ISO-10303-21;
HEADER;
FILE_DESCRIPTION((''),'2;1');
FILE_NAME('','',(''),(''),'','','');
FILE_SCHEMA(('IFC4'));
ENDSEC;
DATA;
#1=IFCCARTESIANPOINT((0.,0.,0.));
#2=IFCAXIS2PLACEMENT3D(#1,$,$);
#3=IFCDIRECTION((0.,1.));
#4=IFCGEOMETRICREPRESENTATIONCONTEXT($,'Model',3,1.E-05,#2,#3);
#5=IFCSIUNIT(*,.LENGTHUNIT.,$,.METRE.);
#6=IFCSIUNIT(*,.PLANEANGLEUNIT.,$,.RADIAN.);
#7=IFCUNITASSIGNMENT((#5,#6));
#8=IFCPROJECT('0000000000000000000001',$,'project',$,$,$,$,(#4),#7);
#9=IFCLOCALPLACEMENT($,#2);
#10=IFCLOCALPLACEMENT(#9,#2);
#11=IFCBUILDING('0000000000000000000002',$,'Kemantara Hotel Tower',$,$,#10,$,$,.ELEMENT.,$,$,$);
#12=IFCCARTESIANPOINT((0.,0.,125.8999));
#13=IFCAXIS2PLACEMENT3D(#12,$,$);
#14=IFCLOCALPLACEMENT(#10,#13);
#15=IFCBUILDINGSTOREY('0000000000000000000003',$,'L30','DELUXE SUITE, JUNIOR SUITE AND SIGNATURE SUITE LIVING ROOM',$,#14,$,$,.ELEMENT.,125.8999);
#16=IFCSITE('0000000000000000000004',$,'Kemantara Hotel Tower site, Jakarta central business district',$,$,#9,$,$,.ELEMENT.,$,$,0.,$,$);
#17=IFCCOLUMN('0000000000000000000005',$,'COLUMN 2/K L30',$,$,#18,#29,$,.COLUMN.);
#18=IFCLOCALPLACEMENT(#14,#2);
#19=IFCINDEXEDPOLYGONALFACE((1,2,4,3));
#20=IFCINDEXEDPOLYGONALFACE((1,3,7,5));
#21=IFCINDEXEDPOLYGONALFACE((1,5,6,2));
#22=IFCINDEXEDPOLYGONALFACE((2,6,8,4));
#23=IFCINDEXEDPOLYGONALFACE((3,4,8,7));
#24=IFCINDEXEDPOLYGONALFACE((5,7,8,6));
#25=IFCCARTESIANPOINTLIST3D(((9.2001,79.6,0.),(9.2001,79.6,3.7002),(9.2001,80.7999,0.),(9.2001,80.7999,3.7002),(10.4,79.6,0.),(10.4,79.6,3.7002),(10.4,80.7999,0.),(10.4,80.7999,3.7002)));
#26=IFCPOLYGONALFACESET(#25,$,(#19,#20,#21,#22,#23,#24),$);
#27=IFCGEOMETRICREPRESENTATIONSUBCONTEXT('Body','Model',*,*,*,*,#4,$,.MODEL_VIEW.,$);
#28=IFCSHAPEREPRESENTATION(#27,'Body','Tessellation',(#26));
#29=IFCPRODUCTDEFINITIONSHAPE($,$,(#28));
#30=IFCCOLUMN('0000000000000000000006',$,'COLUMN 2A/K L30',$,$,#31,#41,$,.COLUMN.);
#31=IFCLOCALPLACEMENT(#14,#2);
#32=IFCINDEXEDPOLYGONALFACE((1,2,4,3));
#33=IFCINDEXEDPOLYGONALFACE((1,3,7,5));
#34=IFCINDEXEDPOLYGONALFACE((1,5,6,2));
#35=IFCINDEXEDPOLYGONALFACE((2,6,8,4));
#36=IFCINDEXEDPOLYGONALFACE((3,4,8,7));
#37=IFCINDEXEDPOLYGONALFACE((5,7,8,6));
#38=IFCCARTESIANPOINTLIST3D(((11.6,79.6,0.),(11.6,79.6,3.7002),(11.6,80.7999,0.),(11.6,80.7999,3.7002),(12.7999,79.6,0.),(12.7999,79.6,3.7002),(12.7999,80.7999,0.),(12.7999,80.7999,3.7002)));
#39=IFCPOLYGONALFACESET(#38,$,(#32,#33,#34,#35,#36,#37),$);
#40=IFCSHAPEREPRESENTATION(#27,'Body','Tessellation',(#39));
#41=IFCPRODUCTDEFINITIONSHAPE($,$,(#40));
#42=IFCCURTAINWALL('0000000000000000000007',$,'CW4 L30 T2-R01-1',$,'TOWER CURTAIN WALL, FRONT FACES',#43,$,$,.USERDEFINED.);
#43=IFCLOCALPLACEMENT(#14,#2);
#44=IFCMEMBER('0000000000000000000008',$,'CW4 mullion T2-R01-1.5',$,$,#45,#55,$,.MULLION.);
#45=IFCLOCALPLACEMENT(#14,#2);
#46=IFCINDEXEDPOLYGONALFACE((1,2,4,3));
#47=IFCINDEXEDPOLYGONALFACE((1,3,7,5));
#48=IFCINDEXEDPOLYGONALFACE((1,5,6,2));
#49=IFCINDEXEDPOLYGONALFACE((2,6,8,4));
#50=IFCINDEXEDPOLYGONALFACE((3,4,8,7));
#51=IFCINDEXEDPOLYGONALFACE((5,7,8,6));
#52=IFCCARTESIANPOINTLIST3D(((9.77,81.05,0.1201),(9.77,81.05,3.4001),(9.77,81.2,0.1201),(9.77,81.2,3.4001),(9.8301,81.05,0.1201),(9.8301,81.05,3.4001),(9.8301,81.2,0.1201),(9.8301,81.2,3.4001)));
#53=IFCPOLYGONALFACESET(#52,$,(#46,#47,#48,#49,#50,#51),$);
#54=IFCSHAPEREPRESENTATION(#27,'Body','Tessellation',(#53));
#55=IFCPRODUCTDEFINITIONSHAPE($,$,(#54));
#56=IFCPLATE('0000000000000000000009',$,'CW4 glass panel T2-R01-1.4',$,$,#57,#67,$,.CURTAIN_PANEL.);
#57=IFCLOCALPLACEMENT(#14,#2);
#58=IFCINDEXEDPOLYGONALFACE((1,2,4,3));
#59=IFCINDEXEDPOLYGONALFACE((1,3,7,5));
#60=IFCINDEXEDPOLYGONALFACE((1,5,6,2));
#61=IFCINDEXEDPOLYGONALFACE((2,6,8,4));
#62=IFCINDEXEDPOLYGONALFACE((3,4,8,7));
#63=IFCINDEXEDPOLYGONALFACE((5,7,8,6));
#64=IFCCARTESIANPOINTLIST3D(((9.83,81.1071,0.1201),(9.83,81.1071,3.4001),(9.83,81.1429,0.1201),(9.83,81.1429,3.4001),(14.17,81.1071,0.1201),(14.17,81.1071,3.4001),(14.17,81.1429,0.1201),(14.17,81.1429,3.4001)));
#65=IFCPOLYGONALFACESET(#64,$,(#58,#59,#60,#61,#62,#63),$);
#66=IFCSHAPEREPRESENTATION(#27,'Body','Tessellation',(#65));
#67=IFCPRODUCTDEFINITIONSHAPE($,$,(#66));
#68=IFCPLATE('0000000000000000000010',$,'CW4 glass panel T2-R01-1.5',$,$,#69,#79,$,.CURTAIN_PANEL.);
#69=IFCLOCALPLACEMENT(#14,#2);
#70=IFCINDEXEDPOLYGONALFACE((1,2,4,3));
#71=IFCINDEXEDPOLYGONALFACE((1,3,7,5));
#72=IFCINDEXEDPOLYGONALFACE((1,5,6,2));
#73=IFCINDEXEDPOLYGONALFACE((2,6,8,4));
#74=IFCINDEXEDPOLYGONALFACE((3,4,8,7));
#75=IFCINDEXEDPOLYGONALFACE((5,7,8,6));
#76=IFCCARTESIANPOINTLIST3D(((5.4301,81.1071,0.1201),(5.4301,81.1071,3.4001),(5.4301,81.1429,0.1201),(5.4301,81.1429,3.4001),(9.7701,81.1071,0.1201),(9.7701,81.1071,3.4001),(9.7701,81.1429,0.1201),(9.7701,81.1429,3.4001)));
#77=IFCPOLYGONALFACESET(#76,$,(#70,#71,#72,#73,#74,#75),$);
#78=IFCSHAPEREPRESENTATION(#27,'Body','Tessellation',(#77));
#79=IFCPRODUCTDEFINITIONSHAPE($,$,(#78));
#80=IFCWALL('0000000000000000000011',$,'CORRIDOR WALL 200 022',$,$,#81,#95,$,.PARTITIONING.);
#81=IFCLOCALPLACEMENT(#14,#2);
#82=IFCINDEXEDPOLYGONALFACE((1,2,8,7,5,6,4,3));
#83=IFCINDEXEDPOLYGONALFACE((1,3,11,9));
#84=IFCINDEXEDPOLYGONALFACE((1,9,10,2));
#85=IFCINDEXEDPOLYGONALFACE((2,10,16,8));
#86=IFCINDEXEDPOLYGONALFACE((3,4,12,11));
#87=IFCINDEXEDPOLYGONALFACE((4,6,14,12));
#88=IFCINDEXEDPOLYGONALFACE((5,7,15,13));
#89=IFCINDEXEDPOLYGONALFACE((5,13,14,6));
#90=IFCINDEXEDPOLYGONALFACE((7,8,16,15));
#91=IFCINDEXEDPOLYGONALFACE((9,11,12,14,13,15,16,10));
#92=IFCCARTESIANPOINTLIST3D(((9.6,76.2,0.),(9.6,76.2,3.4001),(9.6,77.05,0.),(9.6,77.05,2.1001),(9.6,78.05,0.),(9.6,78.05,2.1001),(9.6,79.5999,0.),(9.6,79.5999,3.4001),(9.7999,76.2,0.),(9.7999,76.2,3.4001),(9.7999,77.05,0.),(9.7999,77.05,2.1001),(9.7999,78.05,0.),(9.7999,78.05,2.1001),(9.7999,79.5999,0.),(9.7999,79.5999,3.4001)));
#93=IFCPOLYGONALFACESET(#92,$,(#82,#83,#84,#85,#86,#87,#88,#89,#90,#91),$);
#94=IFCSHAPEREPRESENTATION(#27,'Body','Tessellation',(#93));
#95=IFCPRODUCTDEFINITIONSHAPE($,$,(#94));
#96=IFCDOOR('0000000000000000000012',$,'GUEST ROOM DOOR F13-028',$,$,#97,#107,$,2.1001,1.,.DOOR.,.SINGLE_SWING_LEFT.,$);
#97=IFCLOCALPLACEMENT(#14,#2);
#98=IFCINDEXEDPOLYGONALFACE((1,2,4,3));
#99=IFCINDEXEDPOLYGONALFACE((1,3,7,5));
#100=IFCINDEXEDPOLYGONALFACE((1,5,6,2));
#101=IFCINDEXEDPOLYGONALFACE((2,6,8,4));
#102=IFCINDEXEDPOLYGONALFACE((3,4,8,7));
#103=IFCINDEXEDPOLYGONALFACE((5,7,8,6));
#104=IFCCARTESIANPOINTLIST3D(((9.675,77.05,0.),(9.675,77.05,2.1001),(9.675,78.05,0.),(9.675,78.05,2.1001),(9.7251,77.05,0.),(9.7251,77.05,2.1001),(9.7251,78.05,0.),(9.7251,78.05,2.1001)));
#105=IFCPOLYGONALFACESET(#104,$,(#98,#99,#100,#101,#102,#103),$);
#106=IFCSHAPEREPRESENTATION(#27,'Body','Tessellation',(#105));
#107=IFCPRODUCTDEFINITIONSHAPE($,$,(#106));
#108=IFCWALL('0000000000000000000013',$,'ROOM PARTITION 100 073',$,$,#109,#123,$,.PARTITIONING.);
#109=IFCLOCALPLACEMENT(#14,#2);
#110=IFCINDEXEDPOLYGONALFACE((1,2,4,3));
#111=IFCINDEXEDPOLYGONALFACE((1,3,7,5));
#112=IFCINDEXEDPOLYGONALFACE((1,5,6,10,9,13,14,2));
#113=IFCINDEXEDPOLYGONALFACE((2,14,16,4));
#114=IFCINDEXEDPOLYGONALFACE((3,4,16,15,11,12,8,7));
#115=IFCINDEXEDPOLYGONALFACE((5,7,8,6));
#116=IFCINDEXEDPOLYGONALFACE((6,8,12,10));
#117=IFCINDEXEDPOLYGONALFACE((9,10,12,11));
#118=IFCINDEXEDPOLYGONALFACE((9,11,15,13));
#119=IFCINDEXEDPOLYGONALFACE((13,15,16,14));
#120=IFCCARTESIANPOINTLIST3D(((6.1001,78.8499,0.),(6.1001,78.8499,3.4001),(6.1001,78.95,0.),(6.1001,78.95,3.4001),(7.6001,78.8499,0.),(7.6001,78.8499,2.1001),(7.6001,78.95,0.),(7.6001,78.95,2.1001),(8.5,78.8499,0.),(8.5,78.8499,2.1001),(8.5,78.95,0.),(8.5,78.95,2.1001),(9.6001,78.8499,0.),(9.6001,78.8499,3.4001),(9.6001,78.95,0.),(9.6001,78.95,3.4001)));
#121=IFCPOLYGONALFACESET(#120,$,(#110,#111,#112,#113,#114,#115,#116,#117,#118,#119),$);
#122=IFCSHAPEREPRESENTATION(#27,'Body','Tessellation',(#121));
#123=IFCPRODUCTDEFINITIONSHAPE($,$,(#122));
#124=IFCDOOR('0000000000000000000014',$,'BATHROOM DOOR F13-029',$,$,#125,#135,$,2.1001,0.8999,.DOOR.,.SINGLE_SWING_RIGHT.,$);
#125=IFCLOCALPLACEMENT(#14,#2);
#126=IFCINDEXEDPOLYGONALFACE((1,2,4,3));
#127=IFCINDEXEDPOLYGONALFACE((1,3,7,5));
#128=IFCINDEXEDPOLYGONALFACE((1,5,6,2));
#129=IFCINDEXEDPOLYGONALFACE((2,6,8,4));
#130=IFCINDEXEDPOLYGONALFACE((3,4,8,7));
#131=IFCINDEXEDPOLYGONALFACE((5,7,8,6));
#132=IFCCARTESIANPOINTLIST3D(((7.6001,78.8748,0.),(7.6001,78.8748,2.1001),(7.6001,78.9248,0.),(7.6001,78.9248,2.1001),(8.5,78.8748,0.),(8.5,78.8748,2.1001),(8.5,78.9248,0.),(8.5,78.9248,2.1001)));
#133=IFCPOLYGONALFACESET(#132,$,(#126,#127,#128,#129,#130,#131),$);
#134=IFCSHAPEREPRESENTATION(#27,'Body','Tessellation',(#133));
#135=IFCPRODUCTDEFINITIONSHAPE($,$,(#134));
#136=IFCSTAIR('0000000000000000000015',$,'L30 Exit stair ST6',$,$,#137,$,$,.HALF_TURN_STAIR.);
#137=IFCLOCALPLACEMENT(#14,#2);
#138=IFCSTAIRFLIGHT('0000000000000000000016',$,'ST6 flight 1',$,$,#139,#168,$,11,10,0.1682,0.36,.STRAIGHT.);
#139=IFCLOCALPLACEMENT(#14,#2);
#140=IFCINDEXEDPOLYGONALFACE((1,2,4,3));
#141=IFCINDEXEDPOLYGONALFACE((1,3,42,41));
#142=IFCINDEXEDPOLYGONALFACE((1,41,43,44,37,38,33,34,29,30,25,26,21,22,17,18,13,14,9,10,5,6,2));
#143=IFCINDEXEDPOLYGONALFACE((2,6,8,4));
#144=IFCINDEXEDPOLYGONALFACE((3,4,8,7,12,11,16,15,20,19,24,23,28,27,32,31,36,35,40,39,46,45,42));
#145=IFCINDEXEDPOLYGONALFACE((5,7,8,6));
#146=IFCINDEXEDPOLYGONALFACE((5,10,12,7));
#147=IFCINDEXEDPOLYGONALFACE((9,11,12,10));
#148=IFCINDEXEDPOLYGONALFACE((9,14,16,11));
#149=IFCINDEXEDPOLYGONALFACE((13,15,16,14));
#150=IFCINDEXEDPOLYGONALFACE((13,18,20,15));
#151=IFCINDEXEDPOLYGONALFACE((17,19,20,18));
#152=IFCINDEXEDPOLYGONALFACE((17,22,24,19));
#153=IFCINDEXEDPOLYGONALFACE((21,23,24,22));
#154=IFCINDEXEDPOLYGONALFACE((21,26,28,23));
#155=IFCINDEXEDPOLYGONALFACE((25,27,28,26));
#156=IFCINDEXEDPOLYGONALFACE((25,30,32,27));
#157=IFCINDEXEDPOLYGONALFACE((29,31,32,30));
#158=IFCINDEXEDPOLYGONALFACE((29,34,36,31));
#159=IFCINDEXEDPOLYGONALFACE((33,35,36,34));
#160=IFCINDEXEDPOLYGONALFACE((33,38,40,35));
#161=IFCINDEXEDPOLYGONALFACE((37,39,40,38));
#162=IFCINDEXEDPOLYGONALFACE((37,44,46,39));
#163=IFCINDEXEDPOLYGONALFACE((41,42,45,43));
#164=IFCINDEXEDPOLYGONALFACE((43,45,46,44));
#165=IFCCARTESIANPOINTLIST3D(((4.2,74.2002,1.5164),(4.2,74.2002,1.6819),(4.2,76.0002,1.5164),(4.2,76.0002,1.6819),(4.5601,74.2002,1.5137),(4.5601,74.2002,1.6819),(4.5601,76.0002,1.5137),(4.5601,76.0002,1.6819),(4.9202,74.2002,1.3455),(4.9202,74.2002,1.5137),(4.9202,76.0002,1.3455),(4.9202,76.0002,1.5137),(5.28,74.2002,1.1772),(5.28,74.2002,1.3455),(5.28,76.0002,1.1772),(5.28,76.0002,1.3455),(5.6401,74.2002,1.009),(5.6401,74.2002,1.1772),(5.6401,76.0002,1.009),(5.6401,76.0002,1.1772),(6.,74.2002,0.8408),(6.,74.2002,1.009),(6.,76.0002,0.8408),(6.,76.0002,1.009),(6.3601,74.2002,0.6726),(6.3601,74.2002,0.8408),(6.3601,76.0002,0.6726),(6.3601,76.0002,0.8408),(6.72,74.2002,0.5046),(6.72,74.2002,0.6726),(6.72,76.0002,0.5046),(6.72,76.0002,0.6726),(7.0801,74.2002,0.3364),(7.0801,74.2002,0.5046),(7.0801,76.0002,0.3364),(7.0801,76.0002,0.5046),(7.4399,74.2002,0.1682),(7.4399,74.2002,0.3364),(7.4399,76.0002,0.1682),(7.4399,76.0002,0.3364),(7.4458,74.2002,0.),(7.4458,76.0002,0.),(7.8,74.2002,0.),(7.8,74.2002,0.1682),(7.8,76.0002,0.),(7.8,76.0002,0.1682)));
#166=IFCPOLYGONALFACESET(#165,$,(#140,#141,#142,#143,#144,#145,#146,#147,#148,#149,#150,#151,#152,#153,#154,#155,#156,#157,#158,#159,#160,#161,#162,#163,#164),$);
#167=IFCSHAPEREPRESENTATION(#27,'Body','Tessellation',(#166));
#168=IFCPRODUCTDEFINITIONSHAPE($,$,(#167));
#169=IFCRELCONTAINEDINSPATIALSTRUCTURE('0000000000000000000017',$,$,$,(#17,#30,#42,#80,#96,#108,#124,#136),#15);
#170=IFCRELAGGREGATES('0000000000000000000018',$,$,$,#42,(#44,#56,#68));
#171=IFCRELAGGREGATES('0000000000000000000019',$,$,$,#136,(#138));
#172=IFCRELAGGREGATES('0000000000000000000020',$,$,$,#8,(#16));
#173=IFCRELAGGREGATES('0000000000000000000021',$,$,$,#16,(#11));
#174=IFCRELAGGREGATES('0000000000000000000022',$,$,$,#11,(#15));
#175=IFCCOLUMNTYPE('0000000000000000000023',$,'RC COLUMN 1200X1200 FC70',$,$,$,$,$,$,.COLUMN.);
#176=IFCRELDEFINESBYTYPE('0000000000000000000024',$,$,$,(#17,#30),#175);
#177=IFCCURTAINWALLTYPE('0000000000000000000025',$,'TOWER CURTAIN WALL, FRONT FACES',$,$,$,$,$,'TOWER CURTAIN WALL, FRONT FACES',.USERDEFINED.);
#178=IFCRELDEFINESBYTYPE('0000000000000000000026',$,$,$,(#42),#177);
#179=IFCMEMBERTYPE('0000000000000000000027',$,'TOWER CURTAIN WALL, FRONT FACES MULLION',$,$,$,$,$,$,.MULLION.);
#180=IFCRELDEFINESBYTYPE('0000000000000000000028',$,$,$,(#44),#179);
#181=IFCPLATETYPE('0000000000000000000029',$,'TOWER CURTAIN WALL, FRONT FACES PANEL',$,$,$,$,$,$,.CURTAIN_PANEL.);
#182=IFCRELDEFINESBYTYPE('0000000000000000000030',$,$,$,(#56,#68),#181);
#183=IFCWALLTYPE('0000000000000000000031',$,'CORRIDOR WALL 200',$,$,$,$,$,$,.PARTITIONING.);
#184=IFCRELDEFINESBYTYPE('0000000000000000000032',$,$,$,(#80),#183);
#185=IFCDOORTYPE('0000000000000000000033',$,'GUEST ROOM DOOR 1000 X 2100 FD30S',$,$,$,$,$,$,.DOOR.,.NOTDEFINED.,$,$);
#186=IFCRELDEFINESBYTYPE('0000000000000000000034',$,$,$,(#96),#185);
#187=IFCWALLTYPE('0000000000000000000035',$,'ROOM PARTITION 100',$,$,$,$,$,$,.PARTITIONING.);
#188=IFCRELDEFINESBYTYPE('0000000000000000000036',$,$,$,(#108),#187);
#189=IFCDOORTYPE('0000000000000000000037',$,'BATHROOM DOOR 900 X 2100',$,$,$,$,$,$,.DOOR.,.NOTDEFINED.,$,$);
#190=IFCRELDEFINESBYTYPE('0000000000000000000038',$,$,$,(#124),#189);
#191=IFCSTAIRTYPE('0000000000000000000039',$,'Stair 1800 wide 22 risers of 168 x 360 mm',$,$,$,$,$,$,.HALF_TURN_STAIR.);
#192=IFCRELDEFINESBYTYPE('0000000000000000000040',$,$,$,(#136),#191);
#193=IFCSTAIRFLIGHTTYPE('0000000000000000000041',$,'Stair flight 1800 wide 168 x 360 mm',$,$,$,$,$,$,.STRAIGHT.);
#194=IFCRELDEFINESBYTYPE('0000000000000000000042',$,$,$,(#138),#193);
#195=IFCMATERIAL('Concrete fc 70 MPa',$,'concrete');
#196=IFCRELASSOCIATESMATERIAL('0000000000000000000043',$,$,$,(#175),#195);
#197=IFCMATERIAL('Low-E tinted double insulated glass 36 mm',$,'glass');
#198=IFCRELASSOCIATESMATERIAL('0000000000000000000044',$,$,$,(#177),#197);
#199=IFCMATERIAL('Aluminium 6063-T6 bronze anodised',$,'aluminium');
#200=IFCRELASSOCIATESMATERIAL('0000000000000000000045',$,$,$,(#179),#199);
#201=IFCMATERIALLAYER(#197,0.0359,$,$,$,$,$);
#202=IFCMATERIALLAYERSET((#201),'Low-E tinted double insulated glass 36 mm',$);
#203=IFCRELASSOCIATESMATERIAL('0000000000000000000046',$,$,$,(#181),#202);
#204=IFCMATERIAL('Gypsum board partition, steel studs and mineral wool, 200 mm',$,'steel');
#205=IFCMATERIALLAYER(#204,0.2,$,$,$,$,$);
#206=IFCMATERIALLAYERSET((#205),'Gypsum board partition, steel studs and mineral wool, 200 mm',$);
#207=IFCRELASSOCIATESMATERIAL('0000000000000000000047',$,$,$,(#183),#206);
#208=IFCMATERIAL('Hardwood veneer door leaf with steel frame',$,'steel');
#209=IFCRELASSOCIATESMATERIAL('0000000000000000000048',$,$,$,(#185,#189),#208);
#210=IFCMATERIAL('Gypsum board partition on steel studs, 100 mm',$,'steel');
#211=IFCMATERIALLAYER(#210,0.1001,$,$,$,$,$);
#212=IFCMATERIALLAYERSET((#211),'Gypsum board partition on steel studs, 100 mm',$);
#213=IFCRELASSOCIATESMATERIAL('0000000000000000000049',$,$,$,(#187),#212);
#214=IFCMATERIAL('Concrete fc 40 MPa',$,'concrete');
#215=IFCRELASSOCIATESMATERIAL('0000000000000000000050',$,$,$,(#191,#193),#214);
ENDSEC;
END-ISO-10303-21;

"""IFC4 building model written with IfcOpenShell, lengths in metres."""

from ifc_helpers import new_model, si_unit, direction, frame, frame_2d, origin, origin_2d, place, context, subcontext, project, spatial, polyline, rectangle, outline, extrude, source, transform, mapped, material, layer, layer_set, material_profile, profile_set, type_object, element, fill, aggregate, save


model = new_model("IFC4")

# Units and contexts
model_context = context("Model", 3, precision=1e-05, world=origin(), true_north=direction((0.0, 1.0)))
body_context = subcontext(model_context, "Body", "Model", "MODEL_VIEW")
ifc_project = project(units=[si_unit("LENGTHUNIT", "METRE"), si_unit("PLANEANGLEUNIT", "RADIAN")], contexts=[model_context])

# Site, building, storey
site_placement = place(None, origin())
site = spatial("IfcSite", under=ifc_project, at=site_placement, Name="Kemantara Hotel Tower site, Jakarta central business district", CompositionType="ELEMENT", RefElevation=0.0)
building_placement = place(site_placement, origin())
building = spatial("IfcBuilding", under=site, at=building_placement, Name="Kemantara Hotel Tower", CompositionType="ELEMENT")
storey_placement = place(building_placement, frame((0.0, 0.0, 125.8999)))
storey = spatial("IfcBuildingStorey", under=building, at=storey_placement, Name="L30", Description="DELUXE SUITE, JUNIOR SUITE AND SIGNATURE SUITE LIVING ROOM", CompositionType="ELEMENT", Elevation=125.8999)

# Columns
ifc_material_1 = material(Name="Concrete fc 70 MPa", Category="concrete")
ifc_material_profile_1 = material_profile(ifc_material_1, rectangle(XDim=1.2, YDim=1.2, at=origin_2d()), Name="RC 1200X1200")
ifc_profile_set_1 = profile_set([ifc_material_profile_1], Name="Concrete fc 70 MPa")
column_type = type_object("IfcColumnType", Name="RC COLUMN 1200X1200 FC70", PredefinedType="COLUMN", material=ifc_profile_set_1)
for number, where, z_axis, x_axis, name in (
    (1, (9.8, 80.2, 0.0), (0.0, 0.0, 1.0), (1.0, 0.0, 0.0), "COLUMN 2/K L30"),
    (2, (12.2, 80.2, 0.0), (0.0, 0.0, 1.0), (1.0, 0.0, 0.0), "COLUMN 2A/K L30"),
):
    element("IfcColumn", number, at=place(storey_placement, frame(where, z_axis=z_axis, x_axis=x_axis)), inside=storey, type_object=column_type, Name=name, PredefinedType="COLUMN", context=body_context, shape_type="SweptSolid", body=[
        extrude(rectangle(XDim=1.2, YDim=1.2, at=origin_2d()), origin(), (0.0, 0.0, 1.0), 3.7002),
    ])

# Curtain wall, member, plates
ifc_material_2 = material(Name="Low-E tinted double insulated glass 36 mm", Category="glass")
curtain_wall_type = type_object("IfcCurtainWallType", Name="TOWER CURTAIN WALL, FRONT FACES", ElementType="TOWER CURTAIN WALL, FRONT FACES", PredefinedType="USERDEFINED", material=ifc_material_2)
curtain_wall_placement = place(storey_placement, origin())
curtain_wall = element("IfcCurtainWall", 3, at=curtain_wall_placement, inside=storey, type_object=curtain_wall_type, Name="CW4 L30 T2-R01-1", ObjectType="TOWER CURTAIN WALL, FRONT FACES", PredefinedType="USERDEFINED")
ifc_material_3 = material(Name="Aluminium 6063-T6 bronze anodised", Category="aluminium")
ifc_material_profile_2 = material_profile(ifc_material_3, rectangle(XDim=0.1499, YDim=0.0601, at=origin_2d()), Name="TOWER CURTAIN WALL, FRONT FACES MULLION")
ifc_profile_set_2 = profile_set([ifc_material_profile_2], Name="Aluminium 6063-T6 bronze anodised")
member_type = type_object("IfcMemberType", Name="TOWER CURTAIN WALL, FRONT FACES MULLION", PredefinedType="MULLION", material=ifc_profile_set_2)
shared_shape_1 = source(origin(), body_context, "Body", "SweptSolid", [
    extrude(rectangle(XDim=0.1499, YDim=0.0601, at=origin_2d()), origin(), (0.0, 0.0, 1.0), 3.28),
])
member_placement = place(storey_placement, frame((9.8, 81.125, 0.1201), z_axis=(0.0, 0.0, 1.0), x_axis=(0.0, -1.0, 0.0)))
member = element("IfcMember", 4, at=member_placement, type_object=member_type, Name="CW4 mullion T2-R01-1.5", PredefinedType="MULLION", context=body_context, shape_type="MappedRepresentation", body=[
    mapped(shared_shape_1, transform((0.0, 0.0, 0.0))),
])
ifc_layer_1 = layer(ifc_material_2, 0.0359)
ifc_layer_set_1 = layer_set([ifc_layer_1], Name="Low-E tinted double insulated glass 36 mm")
plate_type = type_object("IfcPlateType", Name="TOWER CURTAIN WALL, FRONT FACES PANEL", PredefinedType="CURTAIN_PANEL", material=ifc_layer_set_1)
shared_shape_2 = source(origin(), body_context, "Body", "SweptSolid", [
    extrude(rectangle(XDim=4.3401, YDim=0.0359, at=origin_2d()), origin(), (0.0, 0.0, 1.0), 3.28),
])
plate_1_placement = place(storey_placement, frame((12.0, 81.125, 0.1201), z_axis=(0.0, 0.0, 1.0), x_axis=(-1.0, 0.0, 0.0)))
plate_1 = element("IfcPlate", 5, at=plate_1_placement, type_object=plate_type, Name="CW4 glass panel T2-R01-1.4", PredefinedType="CURTAIN_PANEL", context=body_context, shape_type="MappedRepresentation", body=[
    mapped(shared_shape_2, transform((0.0, 0.0, 0.0))),
])
plate_2_placement = place(storey_placement, frame((7.6001, 81.125, 0.1201), z_axis=(0.0, 0.0, 1.0), x_axis=(-1.0, 0.0, 0.0)))
plate_2 = element("IfcPlate", 6, at=plate_2_placement, type_object=plate_type, Name="CW4 glass panel T2-R01-1.5", PredefinedType="CURTAIN_PANEL", context=body_context, shape_type="MappedRepresentation", body=[
    mapped(shared_shape_2, transform((0.0, 0.0, 0.0))),
])
aggregate(curtain_wall, [member, plate_1, plate_2])

# Walls, openings, doors
ifc_material_4 = material(Name="Gypsum board partition, steel studs and mineral wool, 200 mm", Category="steel")
ifc_layer_2 = layer(ifc_material_4, 0.2)
ifc_layer_set_2 = layer_set([ifc_layer_2], Name="Gypsum board partition, steel studs and mineral wool, 200 mm")
wall_type_1 = type_object("IfcWallType", Name="CORRIDOR WALL 200", PredefinedType="PARTITIONING", material=ifc_layer_set_2)
wall_1_placement = place(storey_placement, frame((9.7, 76.2, 0.0), z_axis=(0.0, 0.0, 1.0), x_axis=(0.0, 1.0, 0.0)))
wall_1 = element("IfcWall", 7, at=wall_1_placement, inside=storey, type_object=wall_type_1, Name="CORRIDOR WALL 200 022", PredefinedType="PARTITIONING", context=body_context, shape_type="SweptSolid", body=[
    extrude(rectangle(XDim=3.3999, YDim=0.2, at=frame_2d((1.7, 0.0))), origin(), (0.0, 0.0, 1.0), 3.4001),
])
opening_1_placement = place(wall_1_placement, frame((0.8501, 0.0, 0.0)))
opening_1 = element("IfcOpeningElement", 8, at=opening_1_placement, cuts=wall_1, PredefinedType="OPENING", context=body_context, shape_type="SweptSolid", body=[
    extrude(rectangle(XDim=1.0, YDim=2.1001, at=frame_2d((0.5, 1.05))), frame((0.0, 0.1099, 0.0), z_axis=(0.0, -1.0, 0.0), x_axis=(1.0, 0.0, 0.0)), (0.0, 0.0, 1.0), 0.22),
])
ifc_material_5 = material(Name="Hardwood veneer door leaf with steel frame", Category="steel")
door_type_1 = type_object("IfcDoorType", Name="GUEST ROOM DOOR 1000 X 2100 FD30S", OperationType="NOTDEFINED", PredefinedType="DOOR", material=ifc_material_5)
door_1_placement = place(opening_1_placement, origin())
door_1 = element("IfcDoor", 9, at=door_1_placement, inside=storey, type_object=door_type_1, Name="GUEST ROOM DOOR F13-028", OperationType="SINGLE_SWING_LEFT", OverallHeight=2.1001, OverallWidth=1.0, PredefinedType="DOOR", context=body_context, shape_type="SweptSolid", body=[
    extrude(rectangle(XDim=1.0, YDim=2.1001, at=frame_2d((0.5, 1.05))), frame((0.0, 0.0249, 0.0), z_axis=(0.0, -1.0, 0.0), x_axis=(1.0, 0.0, 0.0)), (0.0, 0.0, 1.0), 0.05),
])
fill(opening_1, door_1)
ifc_material_6 = material(Name="Gypsum board partition on steel studs, 100 mm", Category="steel")
ifc_layer_3 = layer(ifc_material_6, 0.1001)
ifc_layer_set_3 = layer_set([ifc_layer_3], Name="Gypsum board partition on steel studs, 100 mm")
wall_type_2 = type_object("IfcWallType", Name="ROOM PARTITION 100", PredefinedType="PARTITIONING", material=ifc_layer_set_3)
wall_2_placement = place(storey_placement, frame((6.1001, 78.8999, 0.0), z_axis=(0.0, 0.0, 1.0), x_axis=(1.0, 0.0, 0.0)))
wall_2 = element("IfcWall", 10, at=wall_2_placement, inside=storey, type_object=wall_type_2, Name="ROOM PARTITION 100 073", PredefinedType="PARTITIONING", context=body_context, shape_type="SweptSolid", body=[
    extrude(rectangle(XDim=3.5, YDim=0.1001, at=frame_2d((1.75, 0.0))), origin(), (0.0, 0.0, 1.0), 3.4001),
])
opening_2_placement = place(wall_2_placement, frame((1.5, 0.0, 0.0)))
opening_2 = element("IfcOpeningElement", 11, at=opening_2_placement, cuts=wall_2, PredefinedType="OPENING", context=body_context, shape_type="SweptSolid", body=[
    extrude(rectangle(XDim=0.8999, YDim=2.1001, at=frame_2d((0.45, 1.05))), frame((0.0, 0.0601, 0.0), z_axis=(0.0, -1.0, 0.0), x_axis=(1.0, 0.0, 0.0)), (0.0, 0.0, 1.0), 0.1201),
])
door_type_2 = type_object("IfcDoorType", Name="BATHROOM DOOR 900 X 2100", OperationType="NOTDEFINED", PredefinedType="DOOR", material=ifc_material_5)
door_2_placement = place(opening_2_placement, origin())
door_2 = element("IfcDoor", 12, at=door_2_placement, inside=storey, type_object=door_type_2, Name="BATHROOM DOOR F13-029", OperationType="SINGLE_SWING_RIGHT", OverallHeight=2.1001, OverallWidth=0.8999, PredefinedType="DOOR", context=body_context, shape_type="SweptSolid", body=[
    extrude(rectangle(XDim=0.8999, YDim=2.1001, at=frame_2d((0.45, 1.05))), frame((0.0, 0.0249, 0.0), z_axis=(0.0, -1.0, 0.0), x_axis=(1.0, 0.0, 0.0)), (0.0, 0.0, 1.0), 0.05),
])
fill(opening_2, door_2)

# Stair, stair flight
ifc_material_7 = material(Name="Concrete fc 40 MPa", Category="concrete")
stair_type = type_object("IfcStairType", Name="Stair 1800 wide 22 risers of 168 x 360 mm", PredefinedType="HALF_TURN_STAIR", material=ifc_material_7)
stair_placement = place(storey_placement, origin())
stair = element("IfcStair", 13, at=stair_placement, inside=storey, type_object=stair_type, Name="L30 Exit stair ST6", PredefinedType="HALF_TURN_STAIR")
stair_flight_type = type_object("IfcStairFlightType", Name="Stair flight 1800 wide 168 x 360 mm", PredefinedType="STRAIGHT", material=ifc_material_7)
stair_flight_placement = place(storey_placement, frame((7.8, 75.1001, 0.0), z_axis=(0.0, 0.0, 1.0), x_axis=(-1.0, 0.0, 0.0)))
stair_flight = element("IfcStairFlight", 14, at=stair_flight_placement, type_object=stair_flight_type, Name="ST6 flight 1", NumberOfRisers=11, NumberOfTreads=10, PredefinedType="STRAIGHT", RiserHeight=0.1682, TreadLength=0.36, context=body_context, shape_type="SweptSolid", body=[
    extrude(outline(polyline([(0.0, 0.0), (0.0, 0.1682), (0.3601, 0.1682), (0.3601, 0.3364), (0.72, 0.3364), (0.72, 0.5046), (1.0801, 0.5046), (1.0801, 0.6726), (1.4399, 0.6726), (1.4399, 0.8408), (1.8, 0.8408), (1.8, 1.009), (2.1599, 1.009), (2.1599, 1.1772), (2.52, 1.1772), (2.52, 1.3455), (2.8799, 1.3455), (2.8799, 1.5137), (3.24, 1.5137), (3.24, 1.6819), (3.6001, 1.6819), (3.6001, 1.8501), (3.6001, 1.5164), (0.3542, 0.0), (0.0, 0.0)])), frame((0.0, 0.8999, 0.0), z_axis=(0.0, -1.0, 0.0), x_axis=(1.0, 0.0, 0.0)), (0.0, 0.0, 1.0), 1.8),
])
aggregate(stair, [stair_flight])

save(model, "model.ifc")
